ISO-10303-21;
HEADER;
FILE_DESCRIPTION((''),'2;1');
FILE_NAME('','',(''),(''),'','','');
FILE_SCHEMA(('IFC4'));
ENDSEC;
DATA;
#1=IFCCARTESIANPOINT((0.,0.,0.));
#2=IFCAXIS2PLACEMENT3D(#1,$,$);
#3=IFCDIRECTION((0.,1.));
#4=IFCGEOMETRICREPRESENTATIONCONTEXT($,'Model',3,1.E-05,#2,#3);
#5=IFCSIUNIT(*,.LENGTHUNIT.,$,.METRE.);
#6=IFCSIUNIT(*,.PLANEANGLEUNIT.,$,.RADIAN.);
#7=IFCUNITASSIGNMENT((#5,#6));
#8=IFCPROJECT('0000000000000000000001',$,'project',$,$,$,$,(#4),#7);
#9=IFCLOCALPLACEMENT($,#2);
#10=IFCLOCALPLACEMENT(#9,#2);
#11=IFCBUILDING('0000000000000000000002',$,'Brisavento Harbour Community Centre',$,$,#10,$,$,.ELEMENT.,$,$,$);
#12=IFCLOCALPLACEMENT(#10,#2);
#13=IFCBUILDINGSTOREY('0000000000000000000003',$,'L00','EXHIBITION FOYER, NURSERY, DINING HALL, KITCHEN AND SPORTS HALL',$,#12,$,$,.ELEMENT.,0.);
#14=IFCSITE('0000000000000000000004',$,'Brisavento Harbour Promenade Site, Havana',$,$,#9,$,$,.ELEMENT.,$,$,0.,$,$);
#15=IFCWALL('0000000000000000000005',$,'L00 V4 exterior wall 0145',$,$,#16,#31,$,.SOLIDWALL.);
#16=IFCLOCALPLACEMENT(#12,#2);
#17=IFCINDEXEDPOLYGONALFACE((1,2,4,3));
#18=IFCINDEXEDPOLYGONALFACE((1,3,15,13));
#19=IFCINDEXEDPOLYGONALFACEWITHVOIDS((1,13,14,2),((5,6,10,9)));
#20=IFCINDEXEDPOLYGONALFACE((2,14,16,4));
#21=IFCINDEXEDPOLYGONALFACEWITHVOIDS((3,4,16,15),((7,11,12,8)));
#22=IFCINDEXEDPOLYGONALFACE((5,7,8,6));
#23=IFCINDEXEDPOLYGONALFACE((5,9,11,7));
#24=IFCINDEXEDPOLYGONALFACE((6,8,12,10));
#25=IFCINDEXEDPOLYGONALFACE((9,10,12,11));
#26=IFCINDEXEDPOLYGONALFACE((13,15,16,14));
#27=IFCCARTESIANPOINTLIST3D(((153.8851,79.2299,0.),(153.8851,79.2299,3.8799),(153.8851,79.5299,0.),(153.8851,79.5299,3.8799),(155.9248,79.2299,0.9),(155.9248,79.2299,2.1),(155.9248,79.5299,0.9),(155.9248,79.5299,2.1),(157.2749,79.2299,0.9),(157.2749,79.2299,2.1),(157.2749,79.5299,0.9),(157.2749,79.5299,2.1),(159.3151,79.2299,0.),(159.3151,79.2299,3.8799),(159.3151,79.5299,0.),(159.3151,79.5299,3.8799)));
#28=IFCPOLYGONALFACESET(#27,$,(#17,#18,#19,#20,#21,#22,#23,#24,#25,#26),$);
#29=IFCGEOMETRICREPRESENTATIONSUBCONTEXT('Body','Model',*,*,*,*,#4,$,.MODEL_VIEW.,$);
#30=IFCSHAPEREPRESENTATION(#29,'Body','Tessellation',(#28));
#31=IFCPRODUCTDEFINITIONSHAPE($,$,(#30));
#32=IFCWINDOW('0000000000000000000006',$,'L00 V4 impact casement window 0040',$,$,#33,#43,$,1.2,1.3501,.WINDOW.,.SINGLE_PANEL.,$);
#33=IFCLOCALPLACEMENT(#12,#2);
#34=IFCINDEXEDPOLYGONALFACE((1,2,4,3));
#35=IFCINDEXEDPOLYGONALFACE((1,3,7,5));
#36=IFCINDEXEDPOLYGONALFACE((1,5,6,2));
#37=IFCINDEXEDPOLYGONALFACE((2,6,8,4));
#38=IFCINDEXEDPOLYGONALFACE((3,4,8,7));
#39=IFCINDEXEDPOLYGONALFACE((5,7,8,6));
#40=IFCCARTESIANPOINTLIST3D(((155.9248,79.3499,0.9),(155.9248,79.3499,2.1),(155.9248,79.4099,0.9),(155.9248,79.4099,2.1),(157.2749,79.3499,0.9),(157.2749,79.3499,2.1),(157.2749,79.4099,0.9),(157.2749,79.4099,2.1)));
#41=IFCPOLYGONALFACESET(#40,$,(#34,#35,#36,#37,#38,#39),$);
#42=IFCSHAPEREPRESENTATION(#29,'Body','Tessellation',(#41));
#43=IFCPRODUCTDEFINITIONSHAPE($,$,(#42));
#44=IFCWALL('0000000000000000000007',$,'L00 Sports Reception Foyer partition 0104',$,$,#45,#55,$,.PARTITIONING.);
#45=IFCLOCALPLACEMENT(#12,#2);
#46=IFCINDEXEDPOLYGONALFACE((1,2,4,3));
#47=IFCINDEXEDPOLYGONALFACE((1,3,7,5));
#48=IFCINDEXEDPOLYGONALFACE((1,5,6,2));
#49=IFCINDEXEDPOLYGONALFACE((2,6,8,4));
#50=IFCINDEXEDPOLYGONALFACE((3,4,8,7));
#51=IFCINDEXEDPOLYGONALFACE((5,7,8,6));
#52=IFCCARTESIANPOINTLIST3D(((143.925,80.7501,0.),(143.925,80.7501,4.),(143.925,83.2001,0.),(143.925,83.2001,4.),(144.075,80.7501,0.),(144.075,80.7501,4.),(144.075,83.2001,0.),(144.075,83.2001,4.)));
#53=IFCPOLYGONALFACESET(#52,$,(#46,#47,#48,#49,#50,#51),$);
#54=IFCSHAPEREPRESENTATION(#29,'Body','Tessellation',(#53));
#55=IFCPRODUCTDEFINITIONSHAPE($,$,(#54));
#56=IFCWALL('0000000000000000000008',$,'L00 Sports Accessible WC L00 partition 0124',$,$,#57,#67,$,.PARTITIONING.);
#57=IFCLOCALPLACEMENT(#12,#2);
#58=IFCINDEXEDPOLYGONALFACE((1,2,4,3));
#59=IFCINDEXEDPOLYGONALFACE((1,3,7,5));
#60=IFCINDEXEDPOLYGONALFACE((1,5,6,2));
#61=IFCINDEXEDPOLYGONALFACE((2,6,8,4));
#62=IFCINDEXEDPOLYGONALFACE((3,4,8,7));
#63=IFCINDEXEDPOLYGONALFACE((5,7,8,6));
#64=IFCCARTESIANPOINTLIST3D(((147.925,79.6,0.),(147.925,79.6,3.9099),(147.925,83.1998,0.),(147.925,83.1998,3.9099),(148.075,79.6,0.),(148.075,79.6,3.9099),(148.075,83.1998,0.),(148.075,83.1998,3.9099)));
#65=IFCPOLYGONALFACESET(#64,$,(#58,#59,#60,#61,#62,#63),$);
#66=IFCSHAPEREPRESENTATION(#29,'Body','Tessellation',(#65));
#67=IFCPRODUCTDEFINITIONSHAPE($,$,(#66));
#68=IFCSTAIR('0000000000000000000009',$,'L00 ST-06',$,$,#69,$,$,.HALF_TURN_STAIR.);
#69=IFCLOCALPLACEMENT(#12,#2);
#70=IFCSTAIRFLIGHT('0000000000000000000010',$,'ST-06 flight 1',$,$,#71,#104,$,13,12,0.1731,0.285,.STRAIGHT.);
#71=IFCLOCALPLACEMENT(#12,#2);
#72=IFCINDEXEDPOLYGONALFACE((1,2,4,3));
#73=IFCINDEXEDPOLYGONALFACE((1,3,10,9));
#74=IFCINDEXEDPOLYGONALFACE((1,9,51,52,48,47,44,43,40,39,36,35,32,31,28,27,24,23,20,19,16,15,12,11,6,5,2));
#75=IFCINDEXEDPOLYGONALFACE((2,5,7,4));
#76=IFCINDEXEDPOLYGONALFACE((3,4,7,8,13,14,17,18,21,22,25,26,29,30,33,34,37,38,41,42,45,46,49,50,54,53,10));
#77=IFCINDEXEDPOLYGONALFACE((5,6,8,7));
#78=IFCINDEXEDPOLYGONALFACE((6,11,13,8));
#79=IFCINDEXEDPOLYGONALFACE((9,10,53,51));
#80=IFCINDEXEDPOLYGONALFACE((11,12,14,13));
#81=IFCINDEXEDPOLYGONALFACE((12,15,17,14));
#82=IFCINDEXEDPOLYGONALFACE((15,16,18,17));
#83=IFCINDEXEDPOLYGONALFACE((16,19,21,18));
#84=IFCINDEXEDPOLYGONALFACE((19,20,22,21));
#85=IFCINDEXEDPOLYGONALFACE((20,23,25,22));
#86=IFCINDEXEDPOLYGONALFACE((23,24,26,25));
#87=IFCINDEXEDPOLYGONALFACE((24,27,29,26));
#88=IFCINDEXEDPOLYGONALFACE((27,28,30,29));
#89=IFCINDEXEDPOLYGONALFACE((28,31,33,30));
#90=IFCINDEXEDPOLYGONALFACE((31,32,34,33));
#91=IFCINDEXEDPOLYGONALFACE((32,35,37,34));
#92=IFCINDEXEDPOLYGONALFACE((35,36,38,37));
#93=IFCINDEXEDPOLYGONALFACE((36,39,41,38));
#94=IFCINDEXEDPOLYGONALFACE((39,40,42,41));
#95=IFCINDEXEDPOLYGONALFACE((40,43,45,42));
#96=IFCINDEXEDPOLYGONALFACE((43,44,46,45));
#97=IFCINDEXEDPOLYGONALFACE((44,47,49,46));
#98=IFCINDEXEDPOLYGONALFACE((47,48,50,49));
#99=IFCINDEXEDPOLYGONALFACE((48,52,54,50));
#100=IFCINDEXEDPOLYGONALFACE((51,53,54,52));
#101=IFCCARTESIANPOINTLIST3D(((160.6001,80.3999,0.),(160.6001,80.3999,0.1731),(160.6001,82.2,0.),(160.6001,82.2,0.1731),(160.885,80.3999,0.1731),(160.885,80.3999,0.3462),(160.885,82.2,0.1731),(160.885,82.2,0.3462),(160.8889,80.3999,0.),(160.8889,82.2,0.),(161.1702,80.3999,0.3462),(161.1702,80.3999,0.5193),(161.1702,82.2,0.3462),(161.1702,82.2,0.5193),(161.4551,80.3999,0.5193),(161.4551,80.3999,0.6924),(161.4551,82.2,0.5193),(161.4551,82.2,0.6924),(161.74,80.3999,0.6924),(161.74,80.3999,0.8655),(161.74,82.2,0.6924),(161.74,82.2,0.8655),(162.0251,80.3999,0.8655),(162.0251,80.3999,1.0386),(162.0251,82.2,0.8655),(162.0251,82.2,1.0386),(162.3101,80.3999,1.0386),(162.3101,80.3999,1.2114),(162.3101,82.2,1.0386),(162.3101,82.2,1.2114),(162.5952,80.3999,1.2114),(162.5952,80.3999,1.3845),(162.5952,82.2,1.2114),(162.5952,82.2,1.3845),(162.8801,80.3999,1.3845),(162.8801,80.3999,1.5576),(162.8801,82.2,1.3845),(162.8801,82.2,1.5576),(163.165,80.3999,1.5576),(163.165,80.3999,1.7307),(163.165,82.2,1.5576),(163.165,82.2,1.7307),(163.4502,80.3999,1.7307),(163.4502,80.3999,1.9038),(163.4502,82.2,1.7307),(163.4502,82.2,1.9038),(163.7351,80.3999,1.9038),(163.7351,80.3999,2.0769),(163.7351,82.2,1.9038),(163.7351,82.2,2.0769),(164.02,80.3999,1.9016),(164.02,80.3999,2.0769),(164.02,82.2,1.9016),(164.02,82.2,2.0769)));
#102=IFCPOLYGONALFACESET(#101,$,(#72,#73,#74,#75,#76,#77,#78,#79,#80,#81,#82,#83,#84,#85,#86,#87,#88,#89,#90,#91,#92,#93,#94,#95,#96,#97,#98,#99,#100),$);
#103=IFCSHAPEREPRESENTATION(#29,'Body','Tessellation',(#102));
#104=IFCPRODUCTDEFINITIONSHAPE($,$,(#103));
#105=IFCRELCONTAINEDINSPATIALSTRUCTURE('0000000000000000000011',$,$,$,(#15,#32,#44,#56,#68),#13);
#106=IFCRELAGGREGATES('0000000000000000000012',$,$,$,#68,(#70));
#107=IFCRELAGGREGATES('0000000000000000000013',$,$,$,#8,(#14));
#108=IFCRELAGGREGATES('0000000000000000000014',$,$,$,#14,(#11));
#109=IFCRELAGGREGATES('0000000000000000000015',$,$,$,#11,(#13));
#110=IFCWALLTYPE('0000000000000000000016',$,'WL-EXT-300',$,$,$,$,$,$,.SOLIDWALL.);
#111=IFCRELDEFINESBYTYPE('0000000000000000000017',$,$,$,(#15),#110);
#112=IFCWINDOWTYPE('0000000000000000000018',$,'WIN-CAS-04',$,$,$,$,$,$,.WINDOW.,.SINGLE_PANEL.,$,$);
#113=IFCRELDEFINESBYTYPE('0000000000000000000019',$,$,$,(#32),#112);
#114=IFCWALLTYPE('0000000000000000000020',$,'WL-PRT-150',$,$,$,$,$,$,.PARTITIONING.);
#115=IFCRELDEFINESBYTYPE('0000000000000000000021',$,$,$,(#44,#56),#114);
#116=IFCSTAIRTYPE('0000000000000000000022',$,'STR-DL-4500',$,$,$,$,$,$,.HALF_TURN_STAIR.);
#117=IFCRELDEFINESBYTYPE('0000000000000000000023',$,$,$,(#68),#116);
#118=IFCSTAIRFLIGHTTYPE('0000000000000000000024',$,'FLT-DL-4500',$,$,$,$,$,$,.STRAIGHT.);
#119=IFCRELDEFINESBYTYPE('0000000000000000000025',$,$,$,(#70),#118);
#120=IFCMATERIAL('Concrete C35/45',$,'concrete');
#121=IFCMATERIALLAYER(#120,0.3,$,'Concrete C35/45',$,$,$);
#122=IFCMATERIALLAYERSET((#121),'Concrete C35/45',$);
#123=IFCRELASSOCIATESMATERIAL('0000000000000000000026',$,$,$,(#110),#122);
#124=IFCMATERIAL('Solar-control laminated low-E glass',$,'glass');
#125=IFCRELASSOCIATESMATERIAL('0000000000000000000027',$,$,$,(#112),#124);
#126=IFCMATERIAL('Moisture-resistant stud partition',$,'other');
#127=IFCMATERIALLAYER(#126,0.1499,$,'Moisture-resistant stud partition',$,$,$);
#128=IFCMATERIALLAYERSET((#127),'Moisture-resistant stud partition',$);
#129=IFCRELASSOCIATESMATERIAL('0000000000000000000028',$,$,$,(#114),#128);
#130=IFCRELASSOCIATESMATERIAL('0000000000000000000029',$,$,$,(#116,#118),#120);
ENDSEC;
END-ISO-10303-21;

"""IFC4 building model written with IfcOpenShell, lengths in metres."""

from ifc_helpers import new_model, si_unit, direction, frame, frame_2d, origin, place, context, subcontext, project, spatial, polyline, rectangle, outline, extrude, material, layer, layer_set, type_object, element, fill, aggregate, save


model = new_model("IFC4")

# Units and contexts
model_context = context("Model", 3, precision=1e-05, world=origin(), true_north=direction((0.0, 1.0)))
body_context = subcontext(model_context, "Body", "Model", "MODEL_VIEW")
ifc_project = project(units=[si_unit("LENGTHUNIT", "METRE"), si_unit("PLANEANGLEUNIT", "RADIAN")], contexts=[model_context])

# Site, building, storey
site_placement = place(None, origin())
site = spatial("IfcSite", under=ifc_project, at=site_placement, Name="Brisavento Harbour Promenade Site, Havana", CompositionType="ELEMENT", RefElevation=0.0)
building_placement = place(site_placement, origin())
building = spatial("IfcBuilding", under=site, at=building_placement, Name="Brisavento Harbour Community Centre", CompositionType="ELEMENT")
storey_placement = place(building_placement, origin())
storey = spatial("IfcBuildingStorey", under=building, at=storey_placement, Name="L00", Description="EXHIBITION FOYER, NURSERY, DINING HALL, KITCHEN AND SPORTS HALL", CompositionType="ELEMENT", Elevation=0.0)

# Shared definitions
ifc_material_1 = material(Name="Concrete C35/45", Category="concrete")

# Shared definitions
ifc_material_2 = material(Name="Solar-control laminated low-E glass", Category="glass")

# Wall, opening, window
ifc_layer_1 = layer(ifc_material_1, 0.3, Name="Concrete C35/45")
ifc_layer_set_1 = layer_set([ifc_layer_1], Name="Concrete C35/45")
wall_type_1 = type_object("IfcWallType", Name="WL-EXT-300", PredefinedType="SOLIDWALL", material=ifc_layer_set_1)
wall_1_placement = place(storey_placement, frame((159.3149, 79.3799, 0.0), z_axis=(0.0, 0.0, 1.0), x_axis=(-1.0, 0.0, 0.0)))
wall_1 = element("IfcWall", 1, at=wall_1_placement, inside=storey, type_object=wall_type_1, Name="L00 V4 exterior wall 0145", PredefinedType="SOLIDWALL", context=body_context, shape_type="SweptSolid", body=[
    extrude(rectangle(XDim=5.4299, YDim=0.3, at=frame_2d((2.7148, 0.0))), origin(), (0.0, 0.0, 1.0), 3.8799),
])
opening_1_placement = place(wall_1_placement, frame((2.04, 0.0, 0.8999)))
opening_1 = element("IfcOpeningElement", 2, at=opening_1_placement, cuts=wall_1, PredefinedType="OPENING", context=body_context, shape_type="SweptSolid", body=[
    extrude(rectangle(XDim=1.3501, YDim=1.2, at=frame_2d((0.675, 0.6001))), frame((0.0, 0.1602, 0.0), z_axis=(0.0, -1.0, 0.0), x_axis=(1.0, 0.0, 0.0)), (0.0, 0.0, 1.0), 0.3201),
])
window_type_1 = type_object("IfcWindowType", Name="WIN-CAS-04", PartitioningType="SINGLE_PANEL", PredefinedType="WINDOW", material=ifc_material_2)
window_1_placement = place(opening_1_placement, origin())
window_1 = element("IfcWindow", 3, at=window_1_placement, inside=storey, type_object=window_type_1, Name="L00 V4 impact casement window 0040", OverallHeight=1.2, OverallWidth=1.3501, PartitioningType="SINGLE_PANEL", PredefinedType="WINDOW", context=body_context, shape_type="SweptSolid", body=[
    extrude(rectangle(XDim=1.3501, YDim=1.2, at=frame_2d((0.675, 0.6001))), frame((0.0, 0.03, 0.0), z_axis=(0.0, -1.0, 0.0), x_axis=(1.0, 0.0, 0.0)), (0.0, 0.0, 1.0), 0.0601),
])
fill(opening_1, window_1)

# Walls
ifc_material_3 = material(Name="Moisture-resistant stud partition", Category="other")
ifc_layer_2 = layer(ifc_material_3, 0.1499, Name="Moisture-resistant stud partition")
ifc_layer_set_2 = layer_set([ifc_layer_2], Name="Moisture-resistant stud partition")
wall_type_2 = type_object("IfcWallType", Name="WL-PRT-150", PredefinedType="PARTITIONING", material=ifc_layer_set_2)
wall_2_placement = place(storey_placement, frame((144.0, 80.75, 0.0), z_axis=(0.0, 0.0, 1.0), x_axis=(0.0, 1.0, 0.0)))
element("IfcWall", 4, at=wall_2_placement, inside=storey, type_object=wall_type_2, Name="L00 Sports Reception Foyer partition 0104", PredefinedType="PARTITIONING", context=body_context, shape_type="SweptSolid", body=[
    extrude(rectangle(XDim=2.45, YDim=0.1499, at=frame_2d((1.2251, 0.0))), origin(), (0.0, 0.0, 1.0), 4.0),
])
wall_3_placement = place(storey_placement, frame((148.0, 79.6001, 0.0), z_axis=(0.0, 0.0, 1.0), x_axis=(0.0, 1.0, 0.0)))
element("IfcWall", 5, at=wall_3_placement, inside=storey, type_object=wall_type_2, Name="L00 Sports Accessible WC L00 partition 0124", PredefinedType="PARTITIONING", context=body_context, shape_type="SweptSolid", body=[
    extrude(rectangle(XDim=3.5999, YDim=0.1499, at=frame_2d((1.7998, 0.0))), origin(), (0.0, 0.0, 1.0), 3.9099),
])

# Stair, stair flight
stair_type = type_object("IfcStairType", Name="STR-DL-4500", PredefinedType="HALF_TURN_STAIR", material=ifc_material_1)
stair_placement = place(storey_placement, origin())
stair = element("IfcStair", 6, at=stair_placement, inside=storey, type_object=stair_type, Name="L00 ST-06", PredefinedType="HALF_TURN_STAIR")
stair_flight_type = type_object("IfcStairFlightType", Name="FLT-DL-4500", PredefinedType="STRAIGHT", material=ifc_material_1)
stair_flight_placement = place(storey_placement, frame((160.6001, 81.3, 0.0), z_axis=(0.0, 0.0, 1.0), x_axis=(1.0, 0.0, 0.0)))
stair_flight = element("IfcStairFlight", 7, at=stair_flight_placement, type_object=stair_flight_type, Name="ST-06 flight 1", NumberOfRisers=13, NumberOfTreads=12, PredefinedType="STRAIGHT", RiserHeight=0.1731, TreadLength=0.285, context=body_context, shape_type="SweptSolid", body=[
    extrude(outline(polyline([(0.0, 0.0), (0.0, 0.1731), (0.2849, 0.1731), (0.2849, 0.3462), (0.5701, 0.3462), (0.5701, 0.5193), (0.855, 0.5193), (0.855, 0.6924), (1.1399, 0.6924), (1.1399, 0.8655), (1.425, 0.8655), (1.425, 1.0386), (1.71, 1.0386), (1.71, 1.2114), (1.9951, 1.2114), (1.9951, 1.3845), (2.28, 1.3845), (2.28, 1.5576), (2.5649, 1.5576), (2.5649, 1.7307), (2.8501, 1.7307), (2.8501, 1.9038), (3.135, 1.9038), (3.135, 2.0769), (3.4199, 2.0769), (3.4199, 2.25), (3.4199, 1.9016), (0.2888, 0.0), (0.0, 0.0)])), frame((0.0, 0.8999, 0.0), z_axis=(0.0, -1.0, 0.0), x_axis=(1.0, 0.0, 0.0)), (0.0, 0.0, 1.0), 1.8),
])
aggregate(stair, [stair_flight])

save(model, "model.ifc")
